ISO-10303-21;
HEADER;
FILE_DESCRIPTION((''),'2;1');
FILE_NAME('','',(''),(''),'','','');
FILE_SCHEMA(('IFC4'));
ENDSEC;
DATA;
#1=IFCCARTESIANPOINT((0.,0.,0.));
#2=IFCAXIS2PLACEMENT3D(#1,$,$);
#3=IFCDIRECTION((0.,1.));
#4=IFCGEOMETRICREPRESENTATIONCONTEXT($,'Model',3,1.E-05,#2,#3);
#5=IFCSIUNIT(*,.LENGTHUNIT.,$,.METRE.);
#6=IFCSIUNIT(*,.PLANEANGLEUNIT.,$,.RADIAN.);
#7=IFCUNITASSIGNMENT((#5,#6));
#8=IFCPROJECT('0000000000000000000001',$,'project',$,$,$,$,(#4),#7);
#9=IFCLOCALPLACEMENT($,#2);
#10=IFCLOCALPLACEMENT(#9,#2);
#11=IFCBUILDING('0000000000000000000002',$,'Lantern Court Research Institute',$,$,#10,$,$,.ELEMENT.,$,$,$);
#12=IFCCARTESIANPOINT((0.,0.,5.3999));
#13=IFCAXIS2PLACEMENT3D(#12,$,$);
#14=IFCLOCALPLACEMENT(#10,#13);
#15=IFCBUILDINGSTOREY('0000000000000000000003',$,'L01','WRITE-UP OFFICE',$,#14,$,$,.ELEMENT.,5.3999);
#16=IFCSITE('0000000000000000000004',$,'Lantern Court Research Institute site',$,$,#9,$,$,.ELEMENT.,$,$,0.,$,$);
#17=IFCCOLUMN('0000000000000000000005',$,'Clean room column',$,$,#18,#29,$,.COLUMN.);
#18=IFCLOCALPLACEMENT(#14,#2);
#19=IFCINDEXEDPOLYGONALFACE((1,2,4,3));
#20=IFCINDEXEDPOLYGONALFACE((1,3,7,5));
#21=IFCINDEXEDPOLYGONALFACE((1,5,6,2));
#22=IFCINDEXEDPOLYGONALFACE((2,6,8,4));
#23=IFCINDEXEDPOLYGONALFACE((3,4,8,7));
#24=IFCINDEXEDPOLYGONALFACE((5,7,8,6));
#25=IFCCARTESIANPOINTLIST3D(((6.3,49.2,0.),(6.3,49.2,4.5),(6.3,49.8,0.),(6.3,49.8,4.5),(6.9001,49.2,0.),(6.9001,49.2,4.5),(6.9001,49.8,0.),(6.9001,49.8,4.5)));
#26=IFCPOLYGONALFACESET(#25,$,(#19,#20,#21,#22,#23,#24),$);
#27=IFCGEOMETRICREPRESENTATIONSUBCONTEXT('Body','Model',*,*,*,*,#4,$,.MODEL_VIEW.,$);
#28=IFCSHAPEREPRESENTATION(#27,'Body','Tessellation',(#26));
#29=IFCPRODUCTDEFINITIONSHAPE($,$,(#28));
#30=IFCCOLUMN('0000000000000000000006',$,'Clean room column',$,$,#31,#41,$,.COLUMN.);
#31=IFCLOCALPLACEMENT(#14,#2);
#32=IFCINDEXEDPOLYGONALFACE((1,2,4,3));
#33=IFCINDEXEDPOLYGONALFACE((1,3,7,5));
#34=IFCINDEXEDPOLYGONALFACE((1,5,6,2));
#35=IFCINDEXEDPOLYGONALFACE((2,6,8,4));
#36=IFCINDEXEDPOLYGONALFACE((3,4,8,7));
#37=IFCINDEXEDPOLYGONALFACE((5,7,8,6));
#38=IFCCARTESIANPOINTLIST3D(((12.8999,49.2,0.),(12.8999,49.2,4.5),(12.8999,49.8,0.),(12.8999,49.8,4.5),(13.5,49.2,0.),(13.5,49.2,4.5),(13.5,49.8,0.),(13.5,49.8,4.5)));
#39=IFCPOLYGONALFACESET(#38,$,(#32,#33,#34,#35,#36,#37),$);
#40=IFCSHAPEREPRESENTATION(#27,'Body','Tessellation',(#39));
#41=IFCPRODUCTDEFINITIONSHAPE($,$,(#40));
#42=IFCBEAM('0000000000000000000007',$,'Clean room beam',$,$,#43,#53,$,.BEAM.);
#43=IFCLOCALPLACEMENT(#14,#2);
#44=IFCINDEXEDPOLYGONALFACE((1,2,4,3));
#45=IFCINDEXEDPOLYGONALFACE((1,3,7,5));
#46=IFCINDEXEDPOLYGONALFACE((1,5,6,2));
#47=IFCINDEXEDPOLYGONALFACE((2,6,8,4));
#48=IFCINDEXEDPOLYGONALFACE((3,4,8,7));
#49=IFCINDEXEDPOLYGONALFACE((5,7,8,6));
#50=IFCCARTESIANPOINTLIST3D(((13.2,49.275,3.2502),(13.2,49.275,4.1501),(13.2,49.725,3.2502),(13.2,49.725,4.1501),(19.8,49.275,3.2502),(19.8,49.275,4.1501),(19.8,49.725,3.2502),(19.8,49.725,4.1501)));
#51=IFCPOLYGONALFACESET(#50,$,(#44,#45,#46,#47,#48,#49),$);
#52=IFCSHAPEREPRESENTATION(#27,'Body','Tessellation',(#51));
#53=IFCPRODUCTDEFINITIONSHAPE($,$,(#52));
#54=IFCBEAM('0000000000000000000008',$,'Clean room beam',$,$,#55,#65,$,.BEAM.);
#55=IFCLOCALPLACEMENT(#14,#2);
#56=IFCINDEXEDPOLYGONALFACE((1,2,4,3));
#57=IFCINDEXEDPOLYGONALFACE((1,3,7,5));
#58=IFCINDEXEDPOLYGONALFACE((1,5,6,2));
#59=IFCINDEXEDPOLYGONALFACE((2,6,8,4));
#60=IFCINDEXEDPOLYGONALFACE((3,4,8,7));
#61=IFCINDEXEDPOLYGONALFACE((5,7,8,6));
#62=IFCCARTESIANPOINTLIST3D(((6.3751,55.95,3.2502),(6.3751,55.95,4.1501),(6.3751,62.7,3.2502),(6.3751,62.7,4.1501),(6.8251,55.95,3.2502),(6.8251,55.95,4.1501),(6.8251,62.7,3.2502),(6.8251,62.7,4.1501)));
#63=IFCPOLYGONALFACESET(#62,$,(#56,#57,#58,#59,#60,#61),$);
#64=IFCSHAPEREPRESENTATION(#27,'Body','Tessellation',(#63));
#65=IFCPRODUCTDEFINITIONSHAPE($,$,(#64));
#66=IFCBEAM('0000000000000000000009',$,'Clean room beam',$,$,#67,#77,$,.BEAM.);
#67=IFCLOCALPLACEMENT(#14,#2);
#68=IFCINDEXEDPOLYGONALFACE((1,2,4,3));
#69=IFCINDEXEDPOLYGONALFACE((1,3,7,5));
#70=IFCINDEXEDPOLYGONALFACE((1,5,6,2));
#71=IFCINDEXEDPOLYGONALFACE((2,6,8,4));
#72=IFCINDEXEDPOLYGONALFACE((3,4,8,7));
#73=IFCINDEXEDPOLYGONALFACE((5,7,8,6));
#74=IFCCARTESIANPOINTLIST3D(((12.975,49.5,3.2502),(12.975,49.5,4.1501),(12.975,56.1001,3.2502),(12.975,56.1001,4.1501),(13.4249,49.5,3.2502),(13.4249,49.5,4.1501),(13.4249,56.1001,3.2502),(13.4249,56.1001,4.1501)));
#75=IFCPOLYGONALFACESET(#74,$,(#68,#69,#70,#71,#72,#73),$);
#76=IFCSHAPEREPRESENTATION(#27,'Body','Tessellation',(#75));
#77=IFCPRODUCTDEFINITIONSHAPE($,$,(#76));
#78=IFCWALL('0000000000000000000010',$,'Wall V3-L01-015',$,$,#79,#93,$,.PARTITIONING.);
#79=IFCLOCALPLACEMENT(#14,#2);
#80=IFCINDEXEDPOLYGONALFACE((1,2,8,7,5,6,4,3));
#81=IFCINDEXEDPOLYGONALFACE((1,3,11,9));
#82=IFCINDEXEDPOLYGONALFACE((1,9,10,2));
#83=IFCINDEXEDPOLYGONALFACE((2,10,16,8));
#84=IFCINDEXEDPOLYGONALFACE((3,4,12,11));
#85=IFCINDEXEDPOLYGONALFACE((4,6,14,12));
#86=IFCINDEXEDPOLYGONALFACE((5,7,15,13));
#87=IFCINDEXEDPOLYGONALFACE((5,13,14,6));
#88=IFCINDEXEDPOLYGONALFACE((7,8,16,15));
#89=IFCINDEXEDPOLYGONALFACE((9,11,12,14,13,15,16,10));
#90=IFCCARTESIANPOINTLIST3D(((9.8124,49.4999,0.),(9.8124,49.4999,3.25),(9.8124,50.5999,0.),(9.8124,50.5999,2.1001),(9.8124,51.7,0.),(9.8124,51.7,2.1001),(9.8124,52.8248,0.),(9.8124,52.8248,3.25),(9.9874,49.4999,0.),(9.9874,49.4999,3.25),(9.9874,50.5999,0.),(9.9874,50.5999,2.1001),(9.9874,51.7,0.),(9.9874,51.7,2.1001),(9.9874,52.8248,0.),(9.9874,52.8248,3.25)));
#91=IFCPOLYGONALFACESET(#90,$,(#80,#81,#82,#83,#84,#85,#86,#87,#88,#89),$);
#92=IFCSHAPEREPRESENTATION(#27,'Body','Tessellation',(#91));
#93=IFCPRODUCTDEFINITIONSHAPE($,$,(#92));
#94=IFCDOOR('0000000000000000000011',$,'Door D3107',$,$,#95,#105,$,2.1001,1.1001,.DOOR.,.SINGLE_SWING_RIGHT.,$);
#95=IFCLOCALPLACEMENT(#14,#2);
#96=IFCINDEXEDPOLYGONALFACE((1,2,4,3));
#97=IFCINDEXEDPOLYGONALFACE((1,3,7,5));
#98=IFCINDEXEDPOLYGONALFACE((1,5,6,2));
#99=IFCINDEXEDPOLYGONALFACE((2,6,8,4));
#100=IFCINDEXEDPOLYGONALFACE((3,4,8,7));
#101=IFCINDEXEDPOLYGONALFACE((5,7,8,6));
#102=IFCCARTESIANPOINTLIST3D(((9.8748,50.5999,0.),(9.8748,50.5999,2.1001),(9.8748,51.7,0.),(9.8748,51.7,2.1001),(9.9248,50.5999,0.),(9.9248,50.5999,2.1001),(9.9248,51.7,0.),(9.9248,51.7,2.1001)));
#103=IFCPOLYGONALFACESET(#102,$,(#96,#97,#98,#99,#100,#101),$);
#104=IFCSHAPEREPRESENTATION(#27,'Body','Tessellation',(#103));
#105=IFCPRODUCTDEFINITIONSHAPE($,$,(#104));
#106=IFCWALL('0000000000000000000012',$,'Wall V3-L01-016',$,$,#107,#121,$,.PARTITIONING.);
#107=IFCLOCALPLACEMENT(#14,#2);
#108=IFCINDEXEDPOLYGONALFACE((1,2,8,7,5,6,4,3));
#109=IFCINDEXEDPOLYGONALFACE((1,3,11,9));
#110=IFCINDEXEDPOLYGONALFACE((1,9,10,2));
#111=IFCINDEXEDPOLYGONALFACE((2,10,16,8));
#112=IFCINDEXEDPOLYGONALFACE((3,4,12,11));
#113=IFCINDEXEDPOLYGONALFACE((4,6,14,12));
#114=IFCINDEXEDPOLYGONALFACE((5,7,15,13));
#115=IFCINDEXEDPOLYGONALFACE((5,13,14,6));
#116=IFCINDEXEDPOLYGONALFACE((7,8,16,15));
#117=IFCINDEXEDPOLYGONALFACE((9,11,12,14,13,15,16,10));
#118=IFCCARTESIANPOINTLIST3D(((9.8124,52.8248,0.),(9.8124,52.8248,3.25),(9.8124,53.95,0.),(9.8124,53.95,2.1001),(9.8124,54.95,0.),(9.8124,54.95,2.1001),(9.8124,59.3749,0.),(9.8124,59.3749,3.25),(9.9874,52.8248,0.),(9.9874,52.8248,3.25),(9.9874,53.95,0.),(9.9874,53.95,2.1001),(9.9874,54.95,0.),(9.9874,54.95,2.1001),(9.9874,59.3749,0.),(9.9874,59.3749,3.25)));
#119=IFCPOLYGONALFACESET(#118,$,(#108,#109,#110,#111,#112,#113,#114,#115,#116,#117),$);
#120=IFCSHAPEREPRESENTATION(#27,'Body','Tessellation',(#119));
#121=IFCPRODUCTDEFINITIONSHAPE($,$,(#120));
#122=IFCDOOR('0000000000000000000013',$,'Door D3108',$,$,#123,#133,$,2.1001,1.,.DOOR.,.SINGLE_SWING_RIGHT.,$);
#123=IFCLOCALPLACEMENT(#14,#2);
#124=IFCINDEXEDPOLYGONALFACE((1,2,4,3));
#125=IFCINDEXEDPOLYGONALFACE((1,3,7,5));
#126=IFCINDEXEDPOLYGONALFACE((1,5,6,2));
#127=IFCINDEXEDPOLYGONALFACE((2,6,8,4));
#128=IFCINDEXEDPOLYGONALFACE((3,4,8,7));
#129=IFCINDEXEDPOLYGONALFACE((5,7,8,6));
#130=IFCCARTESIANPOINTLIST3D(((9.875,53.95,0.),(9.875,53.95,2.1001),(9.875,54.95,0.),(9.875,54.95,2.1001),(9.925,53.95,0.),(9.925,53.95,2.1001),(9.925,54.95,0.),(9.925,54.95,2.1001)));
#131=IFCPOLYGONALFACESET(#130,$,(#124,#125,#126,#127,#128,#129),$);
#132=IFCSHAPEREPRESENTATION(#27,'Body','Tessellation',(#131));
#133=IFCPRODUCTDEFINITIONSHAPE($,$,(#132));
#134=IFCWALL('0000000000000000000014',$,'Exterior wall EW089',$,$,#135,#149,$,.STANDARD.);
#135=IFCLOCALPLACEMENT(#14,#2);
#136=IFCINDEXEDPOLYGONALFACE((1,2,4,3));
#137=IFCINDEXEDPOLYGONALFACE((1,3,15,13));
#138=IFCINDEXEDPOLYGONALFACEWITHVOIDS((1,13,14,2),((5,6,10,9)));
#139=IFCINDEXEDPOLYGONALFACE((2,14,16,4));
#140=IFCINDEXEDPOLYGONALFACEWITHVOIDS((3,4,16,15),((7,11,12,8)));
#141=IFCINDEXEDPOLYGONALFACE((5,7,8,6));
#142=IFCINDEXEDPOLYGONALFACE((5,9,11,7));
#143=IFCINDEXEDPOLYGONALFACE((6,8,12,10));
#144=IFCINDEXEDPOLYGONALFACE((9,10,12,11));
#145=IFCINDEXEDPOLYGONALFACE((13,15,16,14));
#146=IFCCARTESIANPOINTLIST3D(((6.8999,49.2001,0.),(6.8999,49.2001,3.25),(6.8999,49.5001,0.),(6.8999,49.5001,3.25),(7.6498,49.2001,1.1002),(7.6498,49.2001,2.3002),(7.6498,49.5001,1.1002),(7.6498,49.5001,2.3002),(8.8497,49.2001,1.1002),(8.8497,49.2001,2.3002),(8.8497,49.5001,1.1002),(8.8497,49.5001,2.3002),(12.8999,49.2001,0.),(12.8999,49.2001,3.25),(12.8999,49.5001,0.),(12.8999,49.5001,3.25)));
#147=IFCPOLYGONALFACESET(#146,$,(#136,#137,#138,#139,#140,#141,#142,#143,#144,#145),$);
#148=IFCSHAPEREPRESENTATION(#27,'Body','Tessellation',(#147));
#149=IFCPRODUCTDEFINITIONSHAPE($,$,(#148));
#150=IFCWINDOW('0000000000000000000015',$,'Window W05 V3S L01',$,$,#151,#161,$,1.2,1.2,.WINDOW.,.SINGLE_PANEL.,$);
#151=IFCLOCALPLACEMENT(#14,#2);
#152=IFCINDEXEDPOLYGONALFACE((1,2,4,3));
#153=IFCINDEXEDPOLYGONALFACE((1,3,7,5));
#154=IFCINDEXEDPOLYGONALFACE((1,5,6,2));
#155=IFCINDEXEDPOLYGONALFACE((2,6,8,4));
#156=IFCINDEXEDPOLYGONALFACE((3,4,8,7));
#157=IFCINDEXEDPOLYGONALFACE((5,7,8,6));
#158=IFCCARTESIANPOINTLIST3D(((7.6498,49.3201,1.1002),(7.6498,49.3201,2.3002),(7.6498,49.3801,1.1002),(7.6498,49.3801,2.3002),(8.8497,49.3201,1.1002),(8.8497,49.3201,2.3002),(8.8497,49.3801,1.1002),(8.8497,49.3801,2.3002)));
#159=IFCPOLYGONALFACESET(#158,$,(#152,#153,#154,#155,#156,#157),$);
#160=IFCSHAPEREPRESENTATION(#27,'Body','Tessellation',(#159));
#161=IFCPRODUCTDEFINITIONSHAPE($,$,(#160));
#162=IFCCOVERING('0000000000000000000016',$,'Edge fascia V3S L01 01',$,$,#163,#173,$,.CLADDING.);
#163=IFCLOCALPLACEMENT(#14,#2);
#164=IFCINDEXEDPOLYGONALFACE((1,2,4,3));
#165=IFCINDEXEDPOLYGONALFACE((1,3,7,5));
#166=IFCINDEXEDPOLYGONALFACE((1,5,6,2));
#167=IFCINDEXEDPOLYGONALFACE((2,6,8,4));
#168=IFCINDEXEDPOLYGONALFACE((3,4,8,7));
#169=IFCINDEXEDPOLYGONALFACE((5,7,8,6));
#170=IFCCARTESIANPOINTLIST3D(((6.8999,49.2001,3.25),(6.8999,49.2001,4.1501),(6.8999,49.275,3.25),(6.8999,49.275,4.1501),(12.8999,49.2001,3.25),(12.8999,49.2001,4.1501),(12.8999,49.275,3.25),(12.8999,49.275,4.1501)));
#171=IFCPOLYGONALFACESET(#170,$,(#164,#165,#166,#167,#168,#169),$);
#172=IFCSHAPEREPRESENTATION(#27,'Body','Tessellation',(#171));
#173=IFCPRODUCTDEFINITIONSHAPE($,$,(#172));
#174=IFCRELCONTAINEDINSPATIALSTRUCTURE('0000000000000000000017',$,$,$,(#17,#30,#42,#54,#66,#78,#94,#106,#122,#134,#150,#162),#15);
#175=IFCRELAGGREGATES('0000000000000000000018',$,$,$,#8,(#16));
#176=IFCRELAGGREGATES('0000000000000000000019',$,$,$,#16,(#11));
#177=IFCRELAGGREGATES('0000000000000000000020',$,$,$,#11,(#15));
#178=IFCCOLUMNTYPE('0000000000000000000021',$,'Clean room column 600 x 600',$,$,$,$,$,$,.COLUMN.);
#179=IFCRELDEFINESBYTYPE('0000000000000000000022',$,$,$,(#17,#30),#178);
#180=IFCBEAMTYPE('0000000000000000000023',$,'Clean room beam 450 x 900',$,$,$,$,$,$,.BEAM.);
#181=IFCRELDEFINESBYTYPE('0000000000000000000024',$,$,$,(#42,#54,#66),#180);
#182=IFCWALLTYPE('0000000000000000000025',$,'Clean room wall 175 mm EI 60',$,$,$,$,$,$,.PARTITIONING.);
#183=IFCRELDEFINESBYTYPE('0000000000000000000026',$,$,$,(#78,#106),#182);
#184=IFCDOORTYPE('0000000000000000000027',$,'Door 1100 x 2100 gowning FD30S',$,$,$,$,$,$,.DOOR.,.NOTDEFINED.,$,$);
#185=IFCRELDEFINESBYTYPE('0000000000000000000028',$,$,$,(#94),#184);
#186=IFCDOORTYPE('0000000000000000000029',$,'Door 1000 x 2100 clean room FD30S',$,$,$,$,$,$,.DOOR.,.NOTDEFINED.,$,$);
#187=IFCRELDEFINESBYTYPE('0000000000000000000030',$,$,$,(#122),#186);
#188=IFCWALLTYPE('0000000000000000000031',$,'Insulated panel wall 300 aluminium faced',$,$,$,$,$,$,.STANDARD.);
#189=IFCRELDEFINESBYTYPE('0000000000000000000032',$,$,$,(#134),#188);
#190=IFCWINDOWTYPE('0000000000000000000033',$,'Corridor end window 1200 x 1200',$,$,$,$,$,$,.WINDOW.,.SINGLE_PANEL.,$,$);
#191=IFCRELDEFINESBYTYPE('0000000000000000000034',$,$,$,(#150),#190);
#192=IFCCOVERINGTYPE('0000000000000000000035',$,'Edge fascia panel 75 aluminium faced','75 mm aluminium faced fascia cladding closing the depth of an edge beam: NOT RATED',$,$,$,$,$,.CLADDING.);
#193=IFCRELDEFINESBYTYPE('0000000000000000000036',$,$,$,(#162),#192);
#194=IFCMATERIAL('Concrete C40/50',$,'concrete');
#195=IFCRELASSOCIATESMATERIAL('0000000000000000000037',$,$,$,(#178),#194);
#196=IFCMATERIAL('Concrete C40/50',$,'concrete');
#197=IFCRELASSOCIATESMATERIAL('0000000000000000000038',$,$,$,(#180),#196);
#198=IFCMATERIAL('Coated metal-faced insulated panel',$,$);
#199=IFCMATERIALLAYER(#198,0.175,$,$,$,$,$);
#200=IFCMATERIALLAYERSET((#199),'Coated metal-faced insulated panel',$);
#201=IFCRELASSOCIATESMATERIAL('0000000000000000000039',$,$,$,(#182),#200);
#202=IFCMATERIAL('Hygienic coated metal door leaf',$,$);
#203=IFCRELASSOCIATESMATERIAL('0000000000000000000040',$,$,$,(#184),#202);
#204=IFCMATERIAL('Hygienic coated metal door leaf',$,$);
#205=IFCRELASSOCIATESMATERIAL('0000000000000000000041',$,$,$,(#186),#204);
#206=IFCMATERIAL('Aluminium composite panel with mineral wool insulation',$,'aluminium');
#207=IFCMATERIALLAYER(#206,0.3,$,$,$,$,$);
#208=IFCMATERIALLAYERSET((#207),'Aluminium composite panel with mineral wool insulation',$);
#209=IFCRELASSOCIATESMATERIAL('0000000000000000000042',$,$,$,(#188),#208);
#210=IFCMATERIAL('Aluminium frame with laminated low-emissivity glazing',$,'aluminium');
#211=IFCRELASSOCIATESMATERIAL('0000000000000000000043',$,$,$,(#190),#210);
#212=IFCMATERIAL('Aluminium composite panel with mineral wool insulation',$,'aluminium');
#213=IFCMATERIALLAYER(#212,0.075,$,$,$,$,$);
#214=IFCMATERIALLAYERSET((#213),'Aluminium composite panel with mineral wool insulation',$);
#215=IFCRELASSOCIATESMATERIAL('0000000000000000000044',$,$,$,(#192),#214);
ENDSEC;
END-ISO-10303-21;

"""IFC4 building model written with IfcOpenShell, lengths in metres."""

from ifc_helpers import new_model, si_unit, direction, frame, frame_2d, origin, origin_2d, place, context, subcontext, project, spatial, rectangle, extrude, material, layer, layer_set, material_profile, profile_set, type_object, element, fill, save


model = new_model("IFC4")

# Units and contexts
model_context = context("Model", 3, precision=1e-05, world=origin(), true_north=direction((0.0, 1.0)))
body_context = subcontext(model_context, "Body", "Model", "MODEL_VIEW")
ifc_project = project(units=[si_unit("LENGTHUNIT", "METRE"), si_unit("PLANEANGLEUNIT", "RADIAN")], contexts=[model_context])

# Site, building, storey
site_placement = place(None, origin())
site = spatial("IfcSite", under=ifc_project, at=site_placement, Name="Lantern Court Research Institute site", CompositionType="ELEMENT", RefElevation=0.0)
building_placement = place(site_placement, origin())
building = spatial("IfcBuilding", under=site, at=building_placement, Name="Lantern Court Research Institute", CompositionType="ELEMENT")
storey_placement = place(building_placement, frame((0.0, 0.0, 5.3999)))
storey = spatial("IfcBuildingStorey", under=building, at=storey_placement, Name="L01", Description="WRITE-UP OFFICE", CompositionType="ELEMENT", Elevation=5.3999)

# Columns
ifc_material_1 = material(Name="Concrete C40/50", Category="concrete")
ifc_material_profile_1 = material_profile(ifc_material_1, rectangle(XDim=0.6001, YDim=0.6001, at=origin_2d()), Name="Clean room column 600 x 600")
ifc_profile_set_1 = profile_set([ifc_material_profile_1], Name="Concrete C40/50")
column_type = type_object("IfcColumnType", Name="Clean room column 600 x 600", PredefinedType="COLUMN", material=ifc_profile_set_1)
for number, where, z_axis, x_axis, name in (
    (1, (6.6001, 49.5, 0.0), (0.0, 0.0, 1.0), (1.0, 0.0, 0.0), "Clean room column"),
    (2, (13.2, 49.5, 0.0), (0.0, 0.0, 1.0), (1.0, 0.0, 0.0), "Clean room column"),
):
    element("IfcColumn", number, at=place(storey_placement, frame(where, z_axis=z_axis, x_axis=x_axis)), inside=storey, type_object=column_type, Name=name, PredefinedType="COLUMN", context=body_context, shape_type="SweptSolid", body=[
        extrude(rectangle(XDim=0.6001, YDim=0.6001, at=origin_2d()), origin(), (0.0, 0.0, 1.0), 4.5),
    ])

# Beams
ifc_material_2 = material(Name="Concrete C40/50", Category="concrete")
ifc_material_profile_2 = material_profile(ifc_material_2, rectangle(XDim=0.45, YDim=0.8999, at=origin_2d()), Name="Clean room beam 450 x 900")
ifc_profile_set_2 = profile_set([ifc_material_profile_2], Name="Concrete C40/50")
beam_type = type_object("IfcBeamType", Name="Clean room beam 450 x 900", PredefinedType="BEAM", material=ifc_profile_set_2)
beam_1_placement = place(storey_placement, frame((13.2, 49.5, 3.7002), z_axis=(1.0, 0.0, 0.0), x_axis=(0.0, 1.0, 0.0)))
element("IfcBeam", 3, at=beam_1_placement, inside=storey, type_object=beam_type, Name="Clean room beam", PredefinedType="BEAM", context=body_context, shape_type="SweptSolid", body=[
    extrude(rectangle(XDim=0.45, YDim=0.8999, at=origin_2d()), origin(), (0.0, 0.0, 1.0), 6.6001),
])
beam_2_placement = place(storey_placement, frame((6.6001, 55.95, 3.7002), z_axis=(0.0, 1.0, 0.0), x_axis=(-1.0, 0.0, 0.0)))
element("IfcBeam", 4, at=beam_2_placement, inside=storey, type_object=beam_type, Name="Clean room beam", PredefinedType="BEAM", context=body_context, shape_type="SweptSolid", body=[
    extrude(rectangle(XDim=0.45, YDim=0.8999, at=origin_2d()), origin(), (0.0, 0.0, 1.0), 6.75),
])
beam_3_placement = place(storey_placement, frame((13.2, 49.5, 3.7002), z_axis=(0.0, 1.0, 0.0), x_axis=(-1.0, 0.0, 0.0)))
element("IfcBeam", 5, at=beam_3_placement, inside=storey, type_object=beam_type, Name="Clean room beam", PredefinedType="BEAM", context=body_context, shape_type="SweptSolid", body=[
    extrude(rectangle(XDim=0.45, YDim=0.8999, at=origin_2d()), origin(), (0.0, 0.0, 1.0), 6.6001),
])

# Walls, openings, doors
ifc_material_3 = material(Name="Coated metal-faced insulated panel")
ifc_layer_1 = layer(ifc_material_3, 0.175)
ifc_layer_set_1 = layer_set([ifc_layer_1], Name="Coated metal-faced insulated panel")
wall_type_1 = type_object("IfcWallType", Name="Clean room wall 175 mm EI 60", PredefinedType="PARTITIONING", material=ifc_layer_set_1)
wall_1_placement = place(storey_placement, frame((9.8999, 52.825, 0.0), z_axis=(0.0, 0.0, 1.0), x_axis=(0.0, -1.0, 0.0)))
wall_1 = element("IfcWall", 6, at=wall_1_placement, inside=storey, type_object=wall_type_1, Name="Wall V3-L01-015", PredefinedType="PARTITIONING", context=body_context, shape_type="SweptSolid", body=[
    extrude(rectangle(XDim=3.325, YDim=0.175, at=frame_2d((1.6626, 0.0))), origin(), (0.0, 0.0, 1.0), 3.25),
])
opening_1_placement = place(wall_1_placement, frame((1.125, 0.0, 0.0)))
opening_1 = element("IfcOpeningElement", 7, at=opening_1_placement, cuts=wall_1, PredefinedType="OPENING", context=body_context, shape_type="SweptSolid", body=[
    extrude(rectangle(XDim=1.1001, YDim=2.1001, at=frame_2d((0.55, 1.05))), frame((0.0, 0.0974, 0.0), z_axis=(0.0, -1.0, 0.0), x_axis=(1.0, 0.0, 0.0)), (0.0, 0.0, 1.0), 0.1951),
])
ifc_material_4 = material(Name="Hygienic coated metal door leaf")
door_type_1 = type_object("IfcDoorType", Name="Door 1100 x 2100 gowning FD30S", OperationType="NOTDEFINED", PredefinedType="DOOR", material=ifc_material_4)
door_1_placement = place(opening_1_placement, origin())
door_1 = element("IfcDoor", 8, at=door_1_placement, inside=storey, type_object=door_type_1, Name="Door D3107", OperationType="SINGLE_SWING_RIGHT", OverallHeight=2.1001, OverallWidth=1.1001, PredefinedType="DOOR", context=body_context, shape_type="SweptSolid", body=[
    extrude(rectangle(XDim=1.1001, YDim=2.1001, at=frame_2d((0.55, 1.05))), frame((0.0, 0.0249, 0.0), z_axis=(0.0, -1.0, 0.0), x_axis=(1.0, 0.0, 0.0)), (0.0, 0.0, 1.0), 0.05),
])
fill(opening_1, door_1)
wall_2_placement = place(storey_placement, frame((9.8999, 52.825, 0.0), z_axis=(0.0, 0.0, 1.0), x_axis=(0.0, 1.0, 0.0)))
wall_2 = element("IfcWall", 9, at=wall_2_placement, inside=storey, type_object=wall_type_1, Name="Wall V3-L01-016", PredefinedType="PARTITIONING", context=body_context, shape_type="SweptSolid", body=[
    extrude(rectangle(XDim=6.55, YDim=0.175, at=frame_2d((3.2749, 0.0))), origin(), (0.0, 0.0, 1.0), 3.25),
])
opening_2_placement = place(wall_2_placement, frame((1.125, 0.0, 0.0)))
opening_2 = element("IfcOpeningElement", 10, at=opening_2_placement, cuts=wall_2, PredefinedType="OPENING", context=body_context, shape_type="SweptSolid", body=[
    extrude(rectangle(XDim=1.0, YDim=2.1001, at=frame_2d((0.5, 1.05))), frame((0.0, 0.0974, 0.0), z_axis=(0.0, -1.0, 0.0), x_axis=(1.0, 0.0, 0.0)), (0.0, 0.0, 1.0), 0.1951),
])
ifc_material_5 = material(Name="Hygienic coated metal door leaf")
door_type_2 = type_object("IfcDoorType", Name="Door 1000 x 2100 clean room FD30S", OperationType="NOTDEFINED", PredefinedType="DOOR", material=ifc_material_5)
door_2_placement = place(opening_2_placement, origin())
door_2 = element("IfcDoor", 11, at=door_2_placement, inside=storey, type_object=door_type_2, Name="Door D3108", OperationType="SINGLE_SWING_RIGHT", OverallHeight=2.1001, OverallWidth=1.0, PredefinedType="DOOR", context=body_context, shape_type="SweptSolid", body=[
    extrude(rectangle(XDim=1.0, YDim=2.1001, at=frame_2d((0.5, 1.05))), frame((0.0, 0.0249, 0.0), z_axis=(0.0, -1.0, 0.0), x_axis=(1.0, 0.0, 0.0)), (0.0, 0.0, 1.0), 0.05),
])
fill(opening_2, door_2)

# Wall, opening, window
ifc_material_6 = material(Name="Aluminium composite panel with mineral wool insulation", Category="aluminium")
ifc_layer_2 = layer(ifc_material_6, 0.3)
ifc_layer_set_2 = layer_set([ifc_layer_2], Name="Aluminium composite panel with mineral wool insulation")
wall_type_2 = type_object("IfcWallType", Name="Insulated panel wall 300 aluminium faced", PredefinedType="STANDARD", material=ifc_layer_set_2)
wall_3_placement = place(storey_placement, frame((12.8999, 49.3501, 0.0), z_axis=(0.0, 0.0, 1.0), x_axis=(-1.0, 0.0, 0.0)))
wall_3 = element("IfcWall", 12, at=wall_3_placement, inside=storey, type_object=wall_type_2, Name="Exterior wall EW089", PredefinedType="STANDARD", context=body_context, shape_type="SweptSolid", body=[
    extrude(rectangle(XDim=6.0, YDim=0.3, at=frame_2d((3.0, 0.0))), origin(), (0.0, 0.0, 1.0), 3.25),
])
opening_3_placement = place(wall_3_placement, frame((4.05, 0.0, 1.1001)))
opening_3 = element("IfcOpeningElement", 13, at=opening_3_placement, cuts=wall_3, PredefinedType="OPENING", context=body_context, shape_type="SweptSolid", body=[
    extrude(rectangle(XDim=1.2, YDim=1.2, at=frame_2d((0.6001, 0.6001))), frame((0.0, 0.1599, 0.0), z_axis=(0.0, -1.0, 0.0), x_axis=(1.0, 0.0, 0.0)), (0.0, 0.0, 1.0), 0.3201),
])
ifc_material_7 = material(Name="Aluminium frame with laminated low-emissivity glazing", Category="aluminium")
window_type = type_object("IfcWindowType", Name="Corridor end window 1200 x 1200", PartitioningType="SINGLE_PANEL", PredefinedType="WINDOW", material=ifc_material_7)
window_placement = place(opening_3_placement, origin())
window = element("IfcWindow", 14, at=window_placement, inside=storey, type_object=window_type, Name="Window W05 V3S L01", OverallHeight=1.2, OverallWidth=1.2, PartitioningType="SINGLE_PANEL", PredefinedType="WINDOW", context=body_context, shape_type="SweptSolid", body=[
    extrude(rectangle(XDim=1.2, YDim=1.2, at=frame_2d((0.6001, 0.6001))), frame((0.0, 0.03, 0.0), z_axis=(0.0, -1.0, 0.0), x_axis=(1.0, 0.0, 0.0)), (0.0, 0.0, 1.0), 0.0601),
])
fill(opening_3, window)

# Covering
ifc_material_8 = material(Name="Aluminium composite panel with mineral wool insulation", Category="aluminium")
ifc_layer_3 = layer(ifc_material_8, 0.075)
ifc_layer_set_3 = layer_set([ifc_layer_3], Name="Aluminium composite panel with mineral wool insulation")
covering_type_1 = type_object("IfcCoveringType", Name="Edge fascia panel 75 aluminium faced", Description="75 mm aluminium faced fascia cladding closing the depth of an edge beam: NOT RATED", PredefinedType="CLADDING", material=ifc_layer_set_3)
covering_1_placement = place(storey_placement, frame((12.8999, 49.2375, 3.25), z_axis=(0.0, 0.0, 1.0), x_axis=(-1.0, 0.0, 0.0)))
element("IfcCovering", 15, at=covering_1_placement, inside=storey, type_object=covering_type_1, Name="Edge fascia V3S L01 01", PredefinedType="CLADDING", context=body_context, shape_type="SweptSolid", body=[
    extrude(rectangle(XDim=6.0, YDim=0.075, at=frame_2d((3.0, 0.0))), origin(), (0.0, 0.0, 1.0), 0.9001),
])

save(model, "model.ifc")
